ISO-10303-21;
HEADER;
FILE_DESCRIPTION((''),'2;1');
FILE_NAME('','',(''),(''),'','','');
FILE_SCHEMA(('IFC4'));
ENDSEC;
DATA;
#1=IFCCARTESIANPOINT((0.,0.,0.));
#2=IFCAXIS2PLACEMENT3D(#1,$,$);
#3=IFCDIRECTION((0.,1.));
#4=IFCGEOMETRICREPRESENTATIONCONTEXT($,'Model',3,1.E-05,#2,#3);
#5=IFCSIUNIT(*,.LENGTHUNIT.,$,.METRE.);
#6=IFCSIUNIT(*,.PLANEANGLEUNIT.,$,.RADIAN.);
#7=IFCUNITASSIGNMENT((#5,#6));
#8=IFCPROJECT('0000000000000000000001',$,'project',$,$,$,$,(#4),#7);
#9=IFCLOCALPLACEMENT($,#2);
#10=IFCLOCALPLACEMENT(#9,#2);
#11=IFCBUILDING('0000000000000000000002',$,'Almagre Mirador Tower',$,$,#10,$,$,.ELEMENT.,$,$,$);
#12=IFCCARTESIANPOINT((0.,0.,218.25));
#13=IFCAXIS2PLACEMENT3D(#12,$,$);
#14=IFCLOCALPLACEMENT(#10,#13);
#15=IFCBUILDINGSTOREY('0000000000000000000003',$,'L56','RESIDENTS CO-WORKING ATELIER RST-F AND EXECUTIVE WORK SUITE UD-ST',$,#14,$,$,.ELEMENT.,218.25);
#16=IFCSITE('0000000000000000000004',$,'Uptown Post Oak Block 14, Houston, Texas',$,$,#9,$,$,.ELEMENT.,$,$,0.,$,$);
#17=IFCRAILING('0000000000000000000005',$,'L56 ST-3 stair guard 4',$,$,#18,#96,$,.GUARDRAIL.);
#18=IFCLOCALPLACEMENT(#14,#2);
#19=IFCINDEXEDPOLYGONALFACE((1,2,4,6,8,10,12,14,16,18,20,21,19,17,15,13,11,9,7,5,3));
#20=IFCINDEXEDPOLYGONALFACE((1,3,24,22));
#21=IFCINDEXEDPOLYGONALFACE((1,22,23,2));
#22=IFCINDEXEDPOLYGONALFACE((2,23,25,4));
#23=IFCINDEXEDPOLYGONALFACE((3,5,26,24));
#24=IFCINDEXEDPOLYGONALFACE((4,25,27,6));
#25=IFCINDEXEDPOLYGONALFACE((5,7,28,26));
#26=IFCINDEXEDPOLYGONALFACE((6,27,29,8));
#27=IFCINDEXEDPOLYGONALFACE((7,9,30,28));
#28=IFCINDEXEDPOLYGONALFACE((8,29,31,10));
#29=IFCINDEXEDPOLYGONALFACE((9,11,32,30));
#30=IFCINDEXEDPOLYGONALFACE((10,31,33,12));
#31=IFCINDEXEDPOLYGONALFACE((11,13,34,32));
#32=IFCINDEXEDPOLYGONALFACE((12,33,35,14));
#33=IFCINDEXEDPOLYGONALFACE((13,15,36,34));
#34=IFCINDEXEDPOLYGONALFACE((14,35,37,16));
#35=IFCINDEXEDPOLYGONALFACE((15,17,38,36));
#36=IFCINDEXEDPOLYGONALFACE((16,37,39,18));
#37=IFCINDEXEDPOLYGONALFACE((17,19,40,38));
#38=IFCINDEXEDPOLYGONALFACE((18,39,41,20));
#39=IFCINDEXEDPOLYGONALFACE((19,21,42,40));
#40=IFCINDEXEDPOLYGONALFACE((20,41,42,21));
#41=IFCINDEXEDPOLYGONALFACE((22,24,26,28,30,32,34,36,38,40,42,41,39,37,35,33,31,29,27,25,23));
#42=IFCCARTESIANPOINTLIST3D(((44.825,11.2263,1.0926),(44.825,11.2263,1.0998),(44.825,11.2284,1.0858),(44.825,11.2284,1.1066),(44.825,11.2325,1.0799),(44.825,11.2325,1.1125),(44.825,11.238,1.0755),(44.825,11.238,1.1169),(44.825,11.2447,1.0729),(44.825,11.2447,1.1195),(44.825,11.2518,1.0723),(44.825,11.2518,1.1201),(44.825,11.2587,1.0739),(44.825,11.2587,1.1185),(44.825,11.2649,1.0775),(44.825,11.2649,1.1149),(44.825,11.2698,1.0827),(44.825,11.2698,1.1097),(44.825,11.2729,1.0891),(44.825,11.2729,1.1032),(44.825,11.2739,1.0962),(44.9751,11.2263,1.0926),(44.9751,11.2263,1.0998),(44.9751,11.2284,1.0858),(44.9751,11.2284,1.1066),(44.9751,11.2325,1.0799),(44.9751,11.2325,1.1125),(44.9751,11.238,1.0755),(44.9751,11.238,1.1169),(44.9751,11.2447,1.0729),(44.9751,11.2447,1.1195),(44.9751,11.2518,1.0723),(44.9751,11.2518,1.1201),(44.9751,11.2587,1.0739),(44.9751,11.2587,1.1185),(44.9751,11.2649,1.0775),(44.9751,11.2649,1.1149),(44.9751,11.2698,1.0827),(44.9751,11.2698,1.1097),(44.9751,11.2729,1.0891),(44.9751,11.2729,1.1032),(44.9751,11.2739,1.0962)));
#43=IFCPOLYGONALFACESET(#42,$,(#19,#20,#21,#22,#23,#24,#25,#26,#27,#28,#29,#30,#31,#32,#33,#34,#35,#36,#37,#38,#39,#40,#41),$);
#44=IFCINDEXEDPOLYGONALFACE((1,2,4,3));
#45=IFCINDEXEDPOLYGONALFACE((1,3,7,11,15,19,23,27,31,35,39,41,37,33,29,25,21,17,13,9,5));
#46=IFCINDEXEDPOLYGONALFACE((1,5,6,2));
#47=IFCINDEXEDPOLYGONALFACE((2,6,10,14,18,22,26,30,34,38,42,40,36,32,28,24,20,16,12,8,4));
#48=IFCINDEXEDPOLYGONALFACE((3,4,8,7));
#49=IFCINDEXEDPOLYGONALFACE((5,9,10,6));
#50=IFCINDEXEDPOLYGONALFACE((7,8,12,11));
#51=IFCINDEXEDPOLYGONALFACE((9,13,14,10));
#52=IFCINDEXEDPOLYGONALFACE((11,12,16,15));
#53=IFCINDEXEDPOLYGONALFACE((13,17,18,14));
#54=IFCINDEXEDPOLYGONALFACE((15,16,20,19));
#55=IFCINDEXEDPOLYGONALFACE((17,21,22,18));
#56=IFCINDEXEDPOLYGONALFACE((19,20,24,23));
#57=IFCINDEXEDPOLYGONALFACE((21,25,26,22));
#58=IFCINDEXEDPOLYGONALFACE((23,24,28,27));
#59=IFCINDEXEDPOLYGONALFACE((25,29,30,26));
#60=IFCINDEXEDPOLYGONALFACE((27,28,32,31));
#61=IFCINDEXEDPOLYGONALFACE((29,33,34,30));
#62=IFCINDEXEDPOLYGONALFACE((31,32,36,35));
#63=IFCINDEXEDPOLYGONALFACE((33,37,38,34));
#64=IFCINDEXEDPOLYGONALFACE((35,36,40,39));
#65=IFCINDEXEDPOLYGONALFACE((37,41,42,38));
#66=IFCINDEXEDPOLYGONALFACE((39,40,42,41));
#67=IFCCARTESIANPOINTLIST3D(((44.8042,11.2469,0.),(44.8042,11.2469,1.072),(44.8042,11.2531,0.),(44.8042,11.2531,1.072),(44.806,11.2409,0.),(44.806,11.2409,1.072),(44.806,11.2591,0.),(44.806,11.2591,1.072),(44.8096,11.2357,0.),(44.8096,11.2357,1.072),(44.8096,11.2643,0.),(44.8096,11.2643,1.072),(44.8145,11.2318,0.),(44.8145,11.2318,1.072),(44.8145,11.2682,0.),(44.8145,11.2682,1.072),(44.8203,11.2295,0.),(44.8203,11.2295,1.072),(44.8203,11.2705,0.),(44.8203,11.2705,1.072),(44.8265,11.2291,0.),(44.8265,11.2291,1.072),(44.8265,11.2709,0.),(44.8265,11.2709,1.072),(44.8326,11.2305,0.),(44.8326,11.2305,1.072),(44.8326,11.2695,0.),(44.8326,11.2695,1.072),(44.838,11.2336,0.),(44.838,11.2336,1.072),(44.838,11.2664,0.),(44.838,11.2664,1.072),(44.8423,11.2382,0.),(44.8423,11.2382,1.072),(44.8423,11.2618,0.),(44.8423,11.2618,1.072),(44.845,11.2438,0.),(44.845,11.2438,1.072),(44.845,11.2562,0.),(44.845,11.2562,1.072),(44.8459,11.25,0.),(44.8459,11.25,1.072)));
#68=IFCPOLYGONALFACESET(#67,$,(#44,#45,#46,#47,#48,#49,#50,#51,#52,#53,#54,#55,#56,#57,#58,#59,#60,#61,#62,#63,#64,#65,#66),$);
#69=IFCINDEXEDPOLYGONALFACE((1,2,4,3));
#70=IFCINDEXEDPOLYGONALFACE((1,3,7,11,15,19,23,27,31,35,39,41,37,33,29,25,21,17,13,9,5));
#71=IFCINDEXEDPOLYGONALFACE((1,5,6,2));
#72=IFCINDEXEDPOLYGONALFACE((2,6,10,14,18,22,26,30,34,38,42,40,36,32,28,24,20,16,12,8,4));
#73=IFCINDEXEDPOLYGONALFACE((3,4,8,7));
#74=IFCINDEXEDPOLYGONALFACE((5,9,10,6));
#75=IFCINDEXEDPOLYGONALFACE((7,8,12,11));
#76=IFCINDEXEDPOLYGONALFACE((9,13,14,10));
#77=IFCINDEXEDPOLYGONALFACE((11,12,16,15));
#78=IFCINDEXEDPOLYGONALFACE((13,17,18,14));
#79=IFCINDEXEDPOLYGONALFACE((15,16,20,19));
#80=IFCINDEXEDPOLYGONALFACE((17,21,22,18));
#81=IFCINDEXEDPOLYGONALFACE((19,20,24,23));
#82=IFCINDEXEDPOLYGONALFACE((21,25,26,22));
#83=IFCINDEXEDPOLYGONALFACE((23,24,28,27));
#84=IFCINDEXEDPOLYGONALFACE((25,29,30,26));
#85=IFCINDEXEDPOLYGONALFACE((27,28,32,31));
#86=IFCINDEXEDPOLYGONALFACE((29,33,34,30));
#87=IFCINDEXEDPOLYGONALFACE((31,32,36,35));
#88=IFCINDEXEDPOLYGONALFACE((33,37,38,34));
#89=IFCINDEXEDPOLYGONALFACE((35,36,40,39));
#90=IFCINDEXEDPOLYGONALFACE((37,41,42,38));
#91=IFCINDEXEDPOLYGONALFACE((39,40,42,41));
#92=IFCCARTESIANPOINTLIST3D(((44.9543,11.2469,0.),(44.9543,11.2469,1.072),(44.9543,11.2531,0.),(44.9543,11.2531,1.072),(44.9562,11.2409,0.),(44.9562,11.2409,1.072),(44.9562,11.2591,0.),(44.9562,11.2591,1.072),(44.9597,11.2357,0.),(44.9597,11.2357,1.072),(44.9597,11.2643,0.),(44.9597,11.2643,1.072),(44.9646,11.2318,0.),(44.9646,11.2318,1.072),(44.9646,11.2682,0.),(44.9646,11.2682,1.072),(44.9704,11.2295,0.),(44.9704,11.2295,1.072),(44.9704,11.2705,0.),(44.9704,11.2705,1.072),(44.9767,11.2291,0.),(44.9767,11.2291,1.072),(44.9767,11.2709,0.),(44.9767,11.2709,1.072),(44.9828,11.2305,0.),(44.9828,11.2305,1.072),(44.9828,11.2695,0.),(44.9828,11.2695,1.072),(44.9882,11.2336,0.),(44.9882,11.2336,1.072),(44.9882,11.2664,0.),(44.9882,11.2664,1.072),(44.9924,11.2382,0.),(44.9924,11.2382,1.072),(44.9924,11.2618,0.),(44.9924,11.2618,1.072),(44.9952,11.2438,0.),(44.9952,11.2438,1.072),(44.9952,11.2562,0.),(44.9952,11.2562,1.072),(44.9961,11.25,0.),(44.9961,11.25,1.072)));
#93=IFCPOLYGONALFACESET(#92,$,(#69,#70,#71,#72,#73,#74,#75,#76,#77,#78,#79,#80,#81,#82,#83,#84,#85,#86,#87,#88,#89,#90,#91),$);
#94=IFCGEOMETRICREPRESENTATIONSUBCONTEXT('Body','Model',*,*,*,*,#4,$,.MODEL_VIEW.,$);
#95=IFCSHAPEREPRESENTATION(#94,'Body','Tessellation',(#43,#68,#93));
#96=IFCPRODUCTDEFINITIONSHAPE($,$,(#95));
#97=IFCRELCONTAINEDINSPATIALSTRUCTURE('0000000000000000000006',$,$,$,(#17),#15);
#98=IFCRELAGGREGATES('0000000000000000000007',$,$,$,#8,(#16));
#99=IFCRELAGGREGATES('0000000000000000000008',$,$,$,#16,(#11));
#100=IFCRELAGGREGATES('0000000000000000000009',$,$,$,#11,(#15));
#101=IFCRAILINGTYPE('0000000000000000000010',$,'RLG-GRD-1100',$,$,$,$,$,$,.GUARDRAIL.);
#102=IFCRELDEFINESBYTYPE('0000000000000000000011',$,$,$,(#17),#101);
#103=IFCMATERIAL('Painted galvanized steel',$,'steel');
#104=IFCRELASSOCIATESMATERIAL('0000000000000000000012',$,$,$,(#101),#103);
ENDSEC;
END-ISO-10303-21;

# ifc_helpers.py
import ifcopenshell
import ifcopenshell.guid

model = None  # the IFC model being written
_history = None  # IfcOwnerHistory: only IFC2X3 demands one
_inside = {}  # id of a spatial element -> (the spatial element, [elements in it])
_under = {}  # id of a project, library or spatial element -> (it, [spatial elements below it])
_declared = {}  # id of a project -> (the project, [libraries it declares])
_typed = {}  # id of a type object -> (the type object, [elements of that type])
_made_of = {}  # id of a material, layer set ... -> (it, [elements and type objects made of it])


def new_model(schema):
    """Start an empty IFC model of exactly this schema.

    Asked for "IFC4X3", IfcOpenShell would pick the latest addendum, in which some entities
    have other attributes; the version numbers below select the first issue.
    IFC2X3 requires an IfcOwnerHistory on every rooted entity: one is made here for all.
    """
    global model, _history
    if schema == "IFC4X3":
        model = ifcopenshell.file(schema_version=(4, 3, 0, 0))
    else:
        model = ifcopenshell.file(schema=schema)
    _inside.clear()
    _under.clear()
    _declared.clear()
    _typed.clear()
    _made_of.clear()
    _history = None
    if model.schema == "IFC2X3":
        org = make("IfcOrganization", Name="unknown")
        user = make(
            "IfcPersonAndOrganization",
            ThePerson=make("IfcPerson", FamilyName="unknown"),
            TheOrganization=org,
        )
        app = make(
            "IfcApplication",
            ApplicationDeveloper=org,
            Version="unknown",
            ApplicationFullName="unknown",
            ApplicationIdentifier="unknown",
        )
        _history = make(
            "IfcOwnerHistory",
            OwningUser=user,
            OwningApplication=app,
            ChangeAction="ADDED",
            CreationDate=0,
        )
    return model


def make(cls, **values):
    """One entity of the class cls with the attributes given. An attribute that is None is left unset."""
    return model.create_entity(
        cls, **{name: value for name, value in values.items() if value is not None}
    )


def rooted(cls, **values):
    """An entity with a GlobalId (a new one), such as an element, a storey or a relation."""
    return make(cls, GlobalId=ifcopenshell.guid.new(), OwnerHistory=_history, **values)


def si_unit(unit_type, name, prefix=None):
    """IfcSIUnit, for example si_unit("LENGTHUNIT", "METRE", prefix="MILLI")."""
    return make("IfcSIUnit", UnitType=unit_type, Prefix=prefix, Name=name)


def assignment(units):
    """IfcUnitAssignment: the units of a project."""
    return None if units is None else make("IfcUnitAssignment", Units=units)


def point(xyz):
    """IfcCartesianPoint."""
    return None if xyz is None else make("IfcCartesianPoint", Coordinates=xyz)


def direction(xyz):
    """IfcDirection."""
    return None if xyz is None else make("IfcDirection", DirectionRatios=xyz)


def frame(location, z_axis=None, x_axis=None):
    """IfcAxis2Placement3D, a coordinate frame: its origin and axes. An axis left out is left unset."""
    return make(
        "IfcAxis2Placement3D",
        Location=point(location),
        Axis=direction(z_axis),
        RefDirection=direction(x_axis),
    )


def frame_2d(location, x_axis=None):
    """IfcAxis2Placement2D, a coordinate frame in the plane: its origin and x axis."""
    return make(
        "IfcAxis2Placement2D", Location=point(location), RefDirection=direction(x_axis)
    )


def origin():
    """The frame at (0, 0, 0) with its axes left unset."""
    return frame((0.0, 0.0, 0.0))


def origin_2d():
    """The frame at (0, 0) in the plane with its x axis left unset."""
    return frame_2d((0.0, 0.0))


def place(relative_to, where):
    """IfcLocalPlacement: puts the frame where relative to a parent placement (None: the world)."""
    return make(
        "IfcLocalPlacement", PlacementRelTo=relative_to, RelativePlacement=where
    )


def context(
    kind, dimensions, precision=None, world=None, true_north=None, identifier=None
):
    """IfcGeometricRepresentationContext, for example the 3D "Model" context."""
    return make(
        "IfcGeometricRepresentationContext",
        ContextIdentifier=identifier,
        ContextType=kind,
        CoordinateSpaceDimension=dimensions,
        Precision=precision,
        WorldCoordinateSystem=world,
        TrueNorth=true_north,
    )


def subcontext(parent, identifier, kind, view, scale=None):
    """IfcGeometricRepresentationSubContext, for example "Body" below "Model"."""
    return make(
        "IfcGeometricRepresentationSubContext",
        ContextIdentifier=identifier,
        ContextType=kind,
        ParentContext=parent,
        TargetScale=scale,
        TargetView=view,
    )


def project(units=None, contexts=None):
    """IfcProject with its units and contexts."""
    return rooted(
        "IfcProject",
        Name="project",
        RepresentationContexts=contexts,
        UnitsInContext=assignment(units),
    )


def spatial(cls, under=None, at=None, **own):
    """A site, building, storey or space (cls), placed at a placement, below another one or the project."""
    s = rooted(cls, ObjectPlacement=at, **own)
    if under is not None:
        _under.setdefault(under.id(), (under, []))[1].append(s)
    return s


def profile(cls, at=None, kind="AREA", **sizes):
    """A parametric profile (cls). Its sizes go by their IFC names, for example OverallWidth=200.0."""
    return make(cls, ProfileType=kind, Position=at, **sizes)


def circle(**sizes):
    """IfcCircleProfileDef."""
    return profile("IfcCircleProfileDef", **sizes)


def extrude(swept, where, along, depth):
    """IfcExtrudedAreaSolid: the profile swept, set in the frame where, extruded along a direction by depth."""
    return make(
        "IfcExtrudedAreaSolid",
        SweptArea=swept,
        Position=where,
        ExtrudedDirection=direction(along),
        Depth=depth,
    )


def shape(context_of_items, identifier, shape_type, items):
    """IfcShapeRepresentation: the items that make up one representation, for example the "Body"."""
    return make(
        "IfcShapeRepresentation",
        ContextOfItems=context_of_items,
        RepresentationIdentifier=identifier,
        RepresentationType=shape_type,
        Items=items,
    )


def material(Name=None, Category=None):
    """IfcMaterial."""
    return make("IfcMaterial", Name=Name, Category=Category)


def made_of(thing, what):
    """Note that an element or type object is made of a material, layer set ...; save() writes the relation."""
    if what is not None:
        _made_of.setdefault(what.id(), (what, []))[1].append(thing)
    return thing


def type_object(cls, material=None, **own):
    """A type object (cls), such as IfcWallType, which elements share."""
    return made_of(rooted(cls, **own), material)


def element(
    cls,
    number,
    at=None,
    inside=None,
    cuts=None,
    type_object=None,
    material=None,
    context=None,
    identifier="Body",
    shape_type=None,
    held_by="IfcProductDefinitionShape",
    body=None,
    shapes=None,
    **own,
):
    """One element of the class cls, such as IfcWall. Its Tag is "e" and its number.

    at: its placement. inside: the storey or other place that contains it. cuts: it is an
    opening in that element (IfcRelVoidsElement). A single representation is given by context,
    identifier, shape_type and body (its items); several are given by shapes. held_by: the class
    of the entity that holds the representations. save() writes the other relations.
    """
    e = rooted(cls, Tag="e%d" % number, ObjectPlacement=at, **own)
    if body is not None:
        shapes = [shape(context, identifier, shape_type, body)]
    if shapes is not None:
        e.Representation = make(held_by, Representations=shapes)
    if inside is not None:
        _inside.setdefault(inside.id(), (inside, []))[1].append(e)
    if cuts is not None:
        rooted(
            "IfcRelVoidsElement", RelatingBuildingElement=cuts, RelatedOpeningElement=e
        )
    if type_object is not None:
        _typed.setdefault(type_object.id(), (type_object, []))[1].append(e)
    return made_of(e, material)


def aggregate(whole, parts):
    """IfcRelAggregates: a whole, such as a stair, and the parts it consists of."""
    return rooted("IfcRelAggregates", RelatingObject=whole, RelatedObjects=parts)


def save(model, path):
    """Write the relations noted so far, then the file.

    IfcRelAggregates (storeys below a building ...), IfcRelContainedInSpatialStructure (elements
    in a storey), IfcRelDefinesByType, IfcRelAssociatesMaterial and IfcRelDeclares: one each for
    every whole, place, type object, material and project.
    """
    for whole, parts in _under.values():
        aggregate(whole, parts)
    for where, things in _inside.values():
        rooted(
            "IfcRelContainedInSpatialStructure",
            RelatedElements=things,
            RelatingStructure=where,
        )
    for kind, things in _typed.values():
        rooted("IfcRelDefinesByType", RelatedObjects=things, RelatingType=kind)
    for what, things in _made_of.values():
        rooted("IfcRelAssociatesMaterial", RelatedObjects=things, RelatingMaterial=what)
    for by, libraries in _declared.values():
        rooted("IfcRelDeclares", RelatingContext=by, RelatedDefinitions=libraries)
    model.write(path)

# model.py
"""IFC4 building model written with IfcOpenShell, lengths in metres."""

from ifc_helpers import new_model, si_unit, direction, frame, origin, origin_2d, place, context, subcontext, project, spatial, circle, extrude, material, type_object, element, save


model = new_model("IFC4")

# Units and contexts
model_context = context("Model", 3, precision=1e-05, world=origin(), true_north=direction((0.0, 1.0)))
body_context = subcontext(model_context, "Body", "Model", "MODEL_VIEW")
ifc_project = project(units=[si_unit("LENGTHUNIT", "METRE"), si_unit("PLANEANGLEUNIT", "RADIAN")], contexts=[model_context])

# Site, building, storey
site_placement = place(None, origin())
site = spatial("IfcSite", under=ifc_project, at=site_placement, Name="Uptown Post Oak Block 14, Houston, Texas", CompositionType="ELEMENT", RefElevation=0.0)
building_placement = place(site_placement, origin())
building = spatial("IfcBuilding", under=site, at=building_placement, Name="Almagre Mirador Tower", CompositionType="ELEMENT")
storey_placement = place(building_placement, frame((0.0, 0.0, 218.25)))
storey = spatial("IfcBuildingStorey", under=building, at=storey_placement, Name="L56", Description="RESIDENTS CO-WORKING ATELIER RST-F AND EXECUTIVE WORK SUITE UD-ST", CompositionType="ELEMENT", Elevation=218.25)

# Railing
ifc_material_1 = material(Name="Painted galvanized steel", Category="steel")
railing_type_1 = type_object("IfcRailingType", Name="RLG-GRD-1100", PredefinedType="GUARDRAIL", material=ifc_material_1)
railing_1_placement = place(storey_placement, frame((44.825, 11.25, 0.0)))
element("IfcRailing", 1, at=railing_1_placement, inside=storey, type_object=railing_type_1, Name="L56 ST-3 stair guard 4", PredefinedType="GUARDRAIL", context=body_context, shape_type="SweptSolid", body=[
    extrude(circle(Radius=0.0239, at=origin_2d()), frame((0.0, 0.0, 1.0962), z_axis=(1.0, 0.0, 0.0), x_axis=(0.0, 1.0, 0.0)), (0.0, 0.0, 1.0), 0.1501),
    extrude(circle(Radius=0.021, at=origin_2d()), origin(), (0.0, 0.0, 1.0), 1.072),
    extrude(circle(Radius=0.021, at=origin_2d()), frame((0.1501, 0.0, 0.0)), (0.0, 0.0, 1.0), 1.072),
])

save(model, "model.ifc")
